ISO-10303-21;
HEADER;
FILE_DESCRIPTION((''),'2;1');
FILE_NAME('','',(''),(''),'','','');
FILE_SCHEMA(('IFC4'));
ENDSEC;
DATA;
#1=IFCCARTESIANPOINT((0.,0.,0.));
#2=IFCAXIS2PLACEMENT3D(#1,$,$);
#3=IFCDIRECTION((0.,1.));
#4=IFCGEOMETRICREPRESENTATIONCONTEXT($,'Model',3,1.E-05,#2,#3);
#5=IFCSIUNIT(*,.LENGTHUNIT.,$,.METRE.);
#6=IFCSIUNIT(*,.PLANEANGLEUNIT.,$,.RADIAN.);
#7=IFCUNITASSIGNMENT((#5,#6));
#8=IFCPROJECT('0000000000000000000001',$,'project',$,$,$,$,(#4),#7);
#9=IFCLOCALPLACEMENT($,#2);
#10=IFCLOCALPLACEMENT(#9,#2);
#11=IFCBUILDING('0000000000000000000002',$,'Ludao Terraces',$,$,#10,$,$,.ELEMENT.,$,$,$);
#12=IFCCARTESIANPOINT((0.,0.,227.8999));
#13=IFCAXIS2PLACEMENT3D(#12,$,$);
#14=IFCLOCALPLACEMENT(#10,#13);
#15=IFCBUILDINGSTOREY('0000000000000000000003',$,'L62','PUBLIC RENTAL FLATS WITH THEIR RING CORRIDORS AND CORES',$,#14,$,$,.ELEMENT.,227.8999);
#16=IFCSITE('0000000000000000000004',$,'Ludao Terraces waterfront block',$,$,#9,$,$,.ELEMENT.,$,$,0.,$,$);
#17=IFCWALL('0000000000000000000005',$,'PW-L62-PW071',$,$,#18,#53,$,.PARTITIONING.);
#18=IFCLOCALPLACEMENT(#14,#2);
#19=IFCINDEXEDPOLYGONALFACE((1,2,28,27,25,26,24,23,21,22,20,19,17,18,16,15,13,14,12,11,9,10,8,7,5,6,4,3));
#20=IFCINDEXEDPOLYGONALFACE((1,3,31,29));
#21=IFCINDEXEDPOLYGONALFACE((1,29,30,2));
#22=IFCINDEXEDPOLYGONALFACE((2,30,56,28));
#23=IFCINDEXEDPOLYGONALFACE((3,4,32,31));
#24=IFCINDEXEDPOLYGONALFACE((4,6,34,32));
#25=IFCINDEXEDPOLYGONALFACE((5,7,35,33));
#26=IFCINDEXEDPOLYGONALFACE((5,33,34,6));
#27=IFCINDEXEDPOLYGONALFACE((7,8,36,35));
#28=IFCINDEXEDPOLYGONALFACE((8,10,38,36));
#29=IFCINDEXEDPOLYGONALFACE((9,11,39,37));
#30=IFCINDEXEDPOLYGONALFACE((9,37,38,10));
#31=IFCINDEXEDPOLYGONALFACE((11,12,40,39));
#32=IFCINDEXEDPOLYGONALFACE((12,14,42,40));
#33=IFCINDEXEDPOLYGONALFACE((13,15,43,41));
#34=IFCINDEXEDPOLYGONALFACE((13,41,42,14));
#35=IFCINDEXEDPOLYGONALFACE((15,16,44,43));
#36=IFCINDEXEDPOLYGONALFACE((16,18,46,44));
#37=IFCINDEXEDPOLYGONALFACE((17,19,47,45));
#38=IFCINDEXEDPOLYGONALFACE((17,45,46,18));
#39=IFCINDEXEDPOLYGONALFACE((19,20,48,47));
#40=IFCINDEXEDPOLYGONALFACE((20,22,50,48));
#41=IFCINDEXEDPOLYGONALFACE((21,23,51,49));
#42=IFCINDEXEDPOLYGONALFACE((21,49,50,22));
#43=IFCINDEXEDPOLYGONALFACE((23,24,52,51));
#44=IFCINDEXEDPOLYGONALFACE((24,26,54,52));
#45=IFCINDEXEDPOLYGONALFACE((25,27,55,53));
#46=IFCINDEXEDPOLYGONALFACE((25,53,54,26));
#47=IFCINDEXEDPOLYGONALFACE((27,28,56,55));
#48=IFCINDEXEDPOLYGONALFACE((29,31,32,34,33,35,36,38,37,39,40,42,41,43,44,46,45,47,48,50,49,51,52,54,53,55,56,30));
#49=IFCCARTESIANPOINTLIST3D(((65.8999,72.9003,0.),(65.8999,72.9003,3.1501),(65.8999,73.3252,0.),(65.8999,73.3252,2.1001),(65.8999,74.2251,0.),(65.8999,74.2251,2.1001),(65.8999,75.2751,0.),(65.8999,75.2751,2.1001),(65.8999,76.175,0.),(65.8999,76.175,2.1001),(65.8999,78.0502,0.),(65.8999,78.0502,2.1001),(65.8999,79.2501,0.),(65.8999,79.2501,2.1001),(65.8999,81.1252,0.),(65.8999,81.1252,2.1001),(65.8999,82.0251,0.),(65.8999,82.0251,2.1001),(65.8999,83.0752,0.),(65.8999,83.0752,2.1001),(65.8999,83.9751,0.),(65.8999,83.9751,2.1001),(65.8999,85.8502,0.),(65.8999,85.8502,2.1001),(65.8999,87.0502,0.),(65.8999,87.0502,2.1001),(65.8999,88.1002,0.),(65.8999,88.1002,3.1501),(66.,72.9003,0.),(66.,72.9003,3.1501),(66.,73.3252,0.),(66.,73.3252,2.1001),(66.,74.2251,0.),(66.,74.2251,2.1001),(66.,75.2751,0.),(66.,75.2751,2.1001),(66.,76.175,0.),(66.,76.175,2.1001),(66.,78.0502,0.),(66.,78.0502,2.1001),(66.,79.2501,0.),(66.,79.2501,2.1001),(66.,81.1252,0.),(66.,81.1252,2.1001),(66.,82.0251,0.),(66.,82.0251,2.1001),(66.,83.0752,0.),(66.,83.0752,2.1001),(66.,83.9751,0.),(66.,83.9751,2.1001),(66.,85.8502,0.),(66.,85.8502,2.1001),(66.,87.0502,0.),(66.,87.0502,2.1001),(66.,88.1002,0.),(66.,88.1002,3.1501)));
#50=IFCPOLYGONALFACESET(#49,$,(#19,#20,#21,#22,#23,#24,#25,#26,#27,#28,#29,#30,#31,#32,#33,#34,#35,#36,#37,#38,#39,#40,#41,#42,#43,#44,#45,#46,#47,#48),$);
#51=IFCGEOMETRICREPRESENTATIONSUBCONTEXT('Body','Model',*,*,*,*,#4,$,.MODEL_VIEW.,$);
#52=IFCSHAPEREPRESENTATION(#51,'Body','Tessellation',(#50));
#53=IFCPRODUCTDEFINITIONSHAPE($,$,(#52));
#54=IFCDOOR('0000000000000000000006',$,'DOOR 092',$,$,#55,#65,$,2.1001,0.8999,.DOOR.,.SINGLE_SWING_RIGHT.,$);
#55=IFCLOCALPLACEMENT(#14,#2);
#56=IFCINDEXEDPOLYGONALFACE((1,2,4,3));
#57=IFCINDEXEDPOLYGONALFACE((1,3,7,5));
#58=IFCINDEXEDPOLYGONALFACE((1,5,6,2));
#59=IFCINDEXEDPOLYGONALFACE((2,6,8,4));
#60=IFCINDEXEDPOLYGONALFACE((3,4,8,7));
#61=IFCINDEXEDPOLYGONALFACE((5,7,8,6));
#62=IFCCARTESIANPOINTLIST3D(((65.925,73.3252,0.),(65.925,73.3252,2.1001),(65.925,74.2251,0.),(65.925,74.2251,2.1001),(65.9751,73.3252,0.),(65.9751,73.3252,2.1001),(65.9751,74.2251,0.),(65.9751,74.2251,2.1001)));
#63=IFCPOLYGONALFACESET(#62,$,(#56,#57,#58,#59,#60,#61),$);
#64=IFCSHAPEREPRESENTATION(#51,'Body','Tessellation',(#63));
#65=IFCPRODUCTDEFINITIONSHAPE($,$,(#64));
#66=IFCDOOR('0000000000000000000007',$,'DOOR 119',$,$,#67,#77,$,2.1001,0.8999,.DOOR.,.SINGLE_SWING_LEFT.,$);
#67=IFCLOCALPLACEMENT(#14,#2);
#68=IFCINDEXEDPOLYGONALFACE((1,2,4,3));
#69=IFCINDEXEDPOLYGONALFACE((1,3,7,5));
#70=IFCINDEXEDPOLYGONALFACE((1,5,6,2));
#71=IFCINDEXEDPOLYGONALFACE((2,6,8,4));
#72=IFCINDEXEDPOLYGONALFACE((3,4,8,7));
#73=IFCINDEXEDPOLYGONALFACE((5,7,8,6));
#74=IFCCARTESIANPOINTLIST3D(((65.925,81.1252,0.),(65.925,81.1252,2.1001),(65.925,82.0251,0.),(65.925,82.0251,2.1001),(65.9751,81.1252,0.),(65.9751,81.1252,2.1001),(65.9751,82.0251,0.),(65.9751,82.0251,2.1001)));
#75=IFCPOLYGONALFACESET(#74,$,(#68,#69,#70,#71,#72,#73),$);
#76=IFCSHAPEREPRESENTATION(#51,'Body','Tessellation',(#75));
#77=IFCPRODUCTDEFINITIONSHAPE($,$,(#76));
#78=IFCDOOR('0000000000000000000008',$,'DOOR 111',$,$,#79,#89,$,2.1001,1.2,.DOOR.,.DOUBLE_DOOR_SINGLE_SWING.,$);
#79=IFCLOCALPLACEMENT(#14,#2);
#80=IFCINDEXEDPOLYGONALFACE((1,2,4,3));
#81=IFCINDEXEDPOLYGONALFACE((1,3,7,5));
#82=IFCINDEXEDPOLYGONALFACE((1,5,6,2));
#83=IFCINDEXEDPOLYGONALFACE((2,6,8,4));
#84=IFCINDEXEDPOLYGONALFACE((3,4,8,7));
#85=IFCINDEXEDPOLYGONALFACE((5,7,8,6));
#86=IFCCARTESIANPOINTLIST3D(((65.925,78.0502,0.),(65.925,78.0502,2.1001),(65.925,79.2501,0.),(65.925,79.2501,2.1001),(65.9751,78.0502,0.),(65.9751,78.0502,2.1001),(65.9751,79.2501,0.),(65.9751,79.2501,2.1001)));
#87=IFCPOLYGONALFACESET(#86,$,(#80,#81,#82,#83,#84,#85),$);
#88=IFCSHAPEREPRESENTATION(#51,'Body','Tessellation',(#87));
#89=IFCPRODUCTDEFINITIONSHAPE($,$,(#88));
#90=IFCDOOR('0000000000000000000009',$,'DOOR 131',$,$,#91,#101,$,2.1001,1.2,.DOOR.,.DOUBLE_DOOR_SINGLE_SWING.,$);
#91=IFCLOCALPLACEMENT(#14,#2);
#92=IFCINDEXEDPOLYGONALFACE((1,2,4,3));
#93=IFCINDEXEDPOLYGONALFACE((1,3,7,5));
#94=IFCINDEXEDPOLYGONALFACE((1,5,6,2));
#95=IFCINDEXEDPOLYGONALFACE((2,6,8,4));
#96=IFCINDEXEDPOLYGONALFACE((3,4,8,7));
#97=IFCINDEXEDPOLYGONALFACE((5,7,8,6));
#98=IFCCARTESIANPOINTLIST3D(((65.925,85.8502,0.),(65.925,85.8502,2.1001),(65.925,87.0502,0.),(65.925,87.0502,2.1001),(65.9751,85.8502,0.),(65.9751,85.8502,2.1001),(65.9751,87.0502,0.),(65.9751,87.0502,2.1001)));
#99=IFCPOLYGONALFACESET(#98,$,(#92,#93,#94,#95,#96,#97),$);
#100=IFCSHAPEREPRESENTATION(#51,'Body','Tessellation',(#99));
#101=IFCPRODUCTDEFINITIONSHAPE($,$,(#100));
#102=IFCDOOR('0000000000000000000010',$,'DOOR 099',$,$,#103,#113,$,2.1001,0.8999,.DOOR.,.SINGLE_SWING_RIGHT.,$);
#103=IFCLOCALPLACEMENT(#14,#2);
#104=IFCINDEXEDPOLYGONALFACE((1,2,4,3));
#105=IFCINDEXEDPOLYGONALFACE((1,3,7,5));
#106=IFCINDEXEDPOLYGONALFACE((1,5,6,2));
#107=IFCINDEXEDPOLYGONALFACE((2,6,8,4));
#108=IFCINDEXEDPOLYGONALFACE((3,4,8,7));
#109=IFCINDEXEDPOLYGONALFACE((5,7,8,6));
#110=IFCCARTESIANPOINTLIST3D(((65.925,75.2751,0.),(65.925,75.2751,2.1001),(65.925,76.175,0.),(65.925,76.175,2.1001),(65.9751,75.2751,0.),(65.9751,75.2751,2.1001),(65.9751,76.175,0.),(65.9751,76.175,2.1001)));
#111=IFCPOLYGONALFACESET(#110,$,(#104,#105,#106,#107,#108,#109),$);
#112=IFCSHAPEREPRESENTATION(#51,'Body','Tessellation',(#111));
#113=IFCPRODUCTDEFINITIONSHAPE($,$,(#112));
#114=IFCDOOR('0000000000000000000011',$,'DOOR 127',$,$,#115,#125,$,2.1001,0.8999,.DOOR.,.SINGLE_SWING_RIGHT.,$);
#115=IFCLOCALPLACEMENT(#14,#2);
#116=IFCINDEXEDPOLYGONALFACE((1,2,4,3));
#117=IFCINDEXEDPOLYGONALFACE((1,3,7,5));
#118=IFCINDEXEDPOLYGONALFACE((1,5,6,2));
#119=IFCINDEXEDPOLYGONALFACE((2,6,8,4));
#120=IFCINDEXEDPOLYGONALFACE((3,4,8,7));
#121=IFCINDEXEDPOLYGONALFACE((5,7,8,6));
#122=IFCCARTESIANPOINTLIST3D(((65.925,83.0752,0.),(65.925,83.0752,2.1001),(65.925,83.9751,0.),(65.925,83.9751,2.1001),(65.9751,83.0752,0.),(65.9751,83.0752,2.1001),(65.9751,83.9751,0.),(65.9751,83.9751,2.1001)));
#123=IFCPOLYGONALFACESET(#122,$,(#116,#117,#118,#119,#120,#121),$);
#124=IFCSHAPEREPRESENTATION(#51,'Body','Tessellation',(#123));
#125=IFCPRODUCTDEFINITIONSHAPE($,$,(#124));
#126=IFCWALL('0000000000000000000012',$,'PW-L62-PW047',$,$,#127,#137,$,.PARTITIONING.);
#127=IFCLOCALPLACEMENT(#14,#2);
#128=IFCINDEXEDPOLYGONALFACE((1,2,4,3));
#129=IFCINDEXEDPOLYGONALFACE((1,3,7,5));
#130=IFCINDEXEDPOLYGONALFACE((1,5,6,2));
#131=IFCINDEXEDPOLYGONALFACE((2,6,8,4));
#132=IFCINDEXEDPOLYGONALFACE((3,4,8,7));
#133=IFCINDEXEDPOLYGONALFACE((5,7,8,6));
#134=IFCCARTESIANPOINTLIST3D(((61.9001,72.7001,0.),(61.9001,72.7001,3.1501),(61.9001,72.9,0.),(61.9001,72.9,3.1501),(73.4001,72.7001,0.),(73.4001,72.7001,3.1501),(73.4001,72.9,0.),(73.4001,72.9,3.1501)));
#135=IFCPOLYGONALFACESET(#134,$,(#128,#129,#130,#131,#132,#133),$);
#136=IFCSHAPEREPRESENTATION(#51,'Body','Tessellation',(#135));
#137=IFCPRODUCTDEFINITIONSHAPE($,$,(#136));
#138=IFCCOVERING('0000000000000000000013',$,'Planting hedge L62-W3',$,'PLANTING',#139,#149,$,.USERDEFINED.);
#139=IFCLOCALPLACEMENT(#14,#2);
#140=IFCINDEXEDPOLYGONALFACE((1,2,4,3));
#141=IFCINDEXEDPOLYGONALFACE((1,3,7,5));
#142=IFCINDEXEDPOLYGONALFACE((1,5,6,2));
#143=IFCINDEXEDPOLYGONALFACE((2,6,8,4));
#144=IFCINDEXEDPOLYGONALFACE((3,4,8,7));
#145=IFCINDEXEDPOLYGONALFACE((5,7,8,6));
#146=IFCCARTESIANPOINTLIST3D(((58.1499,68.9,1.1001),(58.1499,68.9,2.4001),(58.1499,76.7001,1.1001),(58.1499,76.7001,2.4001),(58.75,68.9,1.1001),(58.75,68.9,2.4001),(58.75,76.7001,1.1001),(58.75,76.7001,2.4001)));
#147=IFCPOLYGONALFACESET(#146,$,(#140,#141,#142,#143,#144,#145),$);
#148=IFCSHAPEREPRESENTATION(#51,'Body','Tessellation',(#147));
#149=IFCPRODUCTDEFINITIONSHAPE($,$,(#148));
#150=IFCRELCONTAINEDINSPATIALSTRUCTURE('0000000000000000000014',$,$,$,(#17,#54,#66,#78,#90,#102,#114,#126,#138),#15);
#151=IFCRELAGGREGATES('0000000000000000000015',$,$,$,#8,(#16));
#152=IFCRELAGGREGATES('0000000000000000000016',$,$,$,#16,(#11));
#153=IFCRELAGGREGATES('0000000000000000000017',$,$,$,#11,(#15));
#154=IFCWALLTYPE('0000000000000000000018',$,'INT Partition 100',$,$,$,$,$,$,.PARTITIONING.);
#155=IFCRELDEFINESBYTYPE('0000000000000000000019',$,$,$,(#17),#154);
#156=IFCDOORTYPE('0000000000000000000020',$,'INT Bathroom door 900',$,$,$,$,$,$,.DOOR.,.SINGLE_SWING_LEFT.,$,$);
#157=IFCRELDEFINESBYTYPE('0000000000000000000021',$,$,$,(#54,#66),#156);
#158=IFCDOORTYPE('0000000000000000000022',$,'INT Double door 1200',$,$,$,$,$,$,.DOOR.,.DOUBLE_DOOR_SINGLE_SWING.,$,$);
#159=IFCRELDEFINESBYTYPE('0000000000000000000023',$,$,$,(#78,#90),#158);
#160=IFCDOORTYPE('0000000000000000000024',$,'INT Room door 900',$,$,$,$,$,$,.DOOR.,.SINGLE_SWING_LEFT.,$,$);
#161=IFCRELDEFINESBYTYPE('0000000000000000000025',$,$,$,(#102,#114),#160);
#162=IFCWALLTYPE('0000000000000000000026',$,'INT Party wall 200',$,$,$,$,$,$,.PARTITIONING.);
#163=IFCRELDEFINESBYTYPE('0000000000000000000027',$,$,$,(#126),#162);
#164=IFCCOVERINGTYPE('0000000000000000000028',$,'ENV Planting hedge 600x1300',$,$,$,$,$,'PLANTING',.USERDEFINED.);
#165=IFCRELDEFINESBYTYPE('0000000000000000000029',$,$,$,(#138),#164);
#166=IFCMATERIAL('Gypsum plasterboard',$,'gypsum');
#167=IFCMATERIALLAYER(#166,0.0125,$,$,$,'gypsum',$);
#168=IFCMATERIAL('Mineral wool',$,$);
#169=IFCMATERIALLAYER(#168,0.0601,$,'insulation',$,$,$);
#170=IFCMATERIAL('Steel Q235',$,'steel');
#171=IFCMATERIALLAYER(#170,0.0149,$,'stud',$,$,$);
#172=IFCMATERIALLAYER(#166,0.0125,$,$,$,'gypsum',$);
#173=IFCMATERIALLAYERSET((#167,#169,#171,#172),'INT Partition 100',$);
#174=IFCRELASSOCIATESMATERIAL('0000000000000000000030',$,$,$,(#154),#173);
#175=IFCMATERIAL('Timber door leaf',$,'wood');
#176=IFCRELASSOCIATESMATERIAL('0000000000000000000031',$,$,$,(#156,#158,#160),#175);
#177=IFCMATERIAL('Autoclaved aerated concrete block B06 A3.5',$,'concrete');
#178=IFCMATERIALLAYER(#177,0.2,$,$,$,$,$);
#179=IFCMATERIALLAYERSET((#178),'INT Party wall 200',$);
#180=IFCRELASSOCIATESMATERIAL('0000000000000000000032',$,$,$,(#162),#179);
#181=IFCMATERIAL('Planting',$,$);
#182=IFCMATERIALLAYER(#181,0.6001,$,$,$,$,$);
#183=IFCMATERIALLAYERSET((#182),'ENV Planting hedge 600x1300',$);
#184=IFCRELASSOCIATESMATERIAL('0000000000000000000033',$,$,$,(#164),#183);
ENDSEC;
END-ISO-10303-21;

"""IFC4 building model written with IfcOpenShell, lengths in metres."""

from ifc_helpers import new_model, si_unit, direction, frame, frame_2d, origin, origin_2d, place, context, subcontext, project, spatial, rectangle, extrude, material, layer, layer_set, type_object, element, fill, save


model = new_model("IFC4")

# Units and contexts
model_context = context("Model", 3, precision=1e-05, world=origin(), true_north=direction((0.0, 1.0)))
body_context = subcontext(model_context, "Body", "Model", "MODEL_VIEW")
ifc_project = project(units=[si_unit("LENGTHUNIT", "METRE"), si_unit("PLANEANGLEUNIT", "RADIAN")], contexts=[model_context])

# Site, building, storey
site_placement = place(None, origin())
site = spatial("IfcSite", under=ifc_project, at=site_placement, Name="Ludao Terraces waterfront block", CompositionType="ELEMENT", RefElevation=0.0)
building_placement = place(site_placement, origin())
building = spatial("IfcBuilding", under=site, at=building_placement, Name="Ludao Terraces", CompositionType="ELEMENT")
storey_placement = place(building_placement, frame((0.0, 0.0, 227.8999)))
storey = spatial("IfcBuildingStorey", under=building, at=storey_placement, Name="L62", Description="PUBLIC RENTAL FLATS WITH THEIR RING CORRIDORS AND CORES", CompositionType="ELEMENT", Elevation=227.8999)

# Shared definitions
ifc_material_1 = material(Name="Mineral wool")

# Shared definitions
ifc_material_2 = material(Name="Gypsum plasterboard", Category="gypsum")
ifc_layer_1 = layer(ifc_material_2, 0.0125, Category="gypsum")
ifc_layer_2 = layer(ifc_material_1, 0.0601, Name="insulation")
ifc_material_3 = material(Name="Steel Q235", Category="steel")
ifc_layer_3 = layer(ifc_material_3, 0.0149, Name="stud")
ifc_layer_4 = layer(ifc_material_2, 0.0125, Category="gypsum")
ifc_layer_set_1 = layer_set([ifc_layer_1, ifc_layer_2, ifc_layer_3, ifc_layer_4], Name="INT Partition 100")
wall_type_1 = type_object("IfcWallType", Name="INT Partition 100", PredefinedType="PARTITIONING", material=ifc_layer_set_1)

# Wall, openings, doors
wall_1_placement = place(storey_placement, frame((65.95, 72.9001, 0.0), z_axis=(0.0, 0.0, 1.0), x_axis=(0.0, 1.0, 0.0)))
wall_1 = element("IfcWall", 1, at=wall_1_placement, inside=storey, type_object=wall_type_1, Name="PW-L62-PW071", PredefinedType="PARTITIONING", context=body_context, shape_type="SweptSolid", body=[
    extrude(rectangle(XDim=15.2, YDim=0.1001, at=frame_2d((7.6001, 0.0))), origin(), (0.0, 0.0, 1.0), 3.1501),
])
opening_1_placement = place(wall_1_placement, frame((0.425, 0.0, 0.0)))
opening_1 = element("IfcOpeningElement", 2, at=opening_1_placement, cuts=wall_1, PredefinedType="OPENING", context=body_context, shape_type="SweptSolid", body=[
    extrude(rectangle(XDim=0.8999, YDim=2.1001, at=frame_2d((0.45, 1.05))), frame((0.0, 0.0601, 0.0), z_axis=(0.0, -1.0, 0.0), x_axis=(1.0, 0.0, 0.0)), (0.0, 0.0, 1.0), 0.1201),
])
opening_2_placement = place(wall_1_placement, frame((2.375, 0.0, 0.0)))
opening_2 = element("IfcOpeningElement", 3, at=opening_2_placement, cuts=wall_1, PredefinedType="OPENING", context=body_context, shape_type="SweptSolid", body=[
    extrude(rectangle(XDim=0.8999, YDim=2.1001, at=frame_2d((0.45, 1.05))), frame((0.0, 0.0601, 0.0), z_axis=(0.0, -1.0, 0.0), x_axis=(1.0, 0.0, 0.0)), (0.0, 0.0, 1.0), 0.1201),
])
opening_3_placement = place(wall_1_placement, frame((5.1499, 0.0, 0.0)))
opening_3 = element("IfcOpeningElement", 4, at=opening_3_placement, cuts=wall_1, PredefinedType="OPENING", context=body_context, shape_type="SweptSolid", body=[
    extrude(rectangle(XDim=1.2, YDim=2.1001, at=frame_2d((0.6001, 1.05))), frame((0.0, 0.0601, 0.0), z_axis=(0.0, -1.0, 0.0), x_axis=(1.0, 0.0, 0.0)), (0.0, 0.0, 1.0), 0.1201),
])
opening_4_placement = place(wall_1_placement, frame((8.2251, 0.0, 0.0)))
opening_4 = element("IfcOpeningElement", 5, at=opening_4_placement, cuts=wall_1, PredefinedType="OPENING", context=body_context, shape_type="SweptSolid", body=[
    extrude(rectangle(XDim=0.8999, YDim=2.1001, at=frame_2d((0.45, 1.05))), frame((0.0, 0.0601, 0.0), z_axis=(0.0, -1.0, 0.0), x_axis=(1.0, 0.0, 0.0)), (0.0, 0.0, 1.0), 0.1201),
])
opening_5_placement = place(wall_1_placement, frame((10.175, 0.0, 0.0)))
opening_5 = element("IfcOpeningElement", 6, at=opening_5_placement, cuts=wall_1, PredefinedType="OPENING", context=body_context, shape_type="SweptSolid", body=[
    extrude(rectangle(XDim=0.8999, YDim=2.1001, at=frame_2d((0.45, 1.05))), frame((0.0, 0.0601, 0.0), z_axis=(0.0, -1.0, 0.0), x_axis=(1.0, 0.0, 0.0)), (0.0, 0.0, 1.0), 0.1201),
])
opening_6_placement = place(wall_1_placement, frame((12.95, 0.0, 0.0)))
opening_6 = element("IfcOpeningElement", 7, at=opening_6_placement, cuts=wall_1, PredefinedType="OPENING", context=body_context, shape_type="SweptSolid", body=[
    extrude(rectangle(XDim=1.2, YDim=2.1001, at=frame_2d((0.6001, 1.05))), frame((0.0, 0.0601, 0.0), z_axis=(0.0, -1.0, 0.0), x_axis=(1.0, 0.0, 0.0)), (0.0, 0.0, 1.0), 0.1201),
])
ifc_material_4 = material(Name="Timber door leaf", Category="wood")
door_type_1 = type_object("IfcDoorType", Name="INT Bathroom door 900", OperationType="SINGLE_SWING_LEFT", PredefinedType="DOOR", material=ifc_material_4)
door_1_placement = place(opening_1_placement, origin())
door_1 = element("IfcDoor", 8, at=door_1_placement, inside=storey, type_object=door_type_1, Name="DOOR 092", OperationType="SINGLE_SWING_RIGHT", OverallHeight=2.1001, OverallWidth=0.8999, PredefinedType="DOOR", context=body_context, shape_type="SweptSolid", body=[
    extrude(rectangle(XDim=0.8999, YDim=2.1001, at=frame_2d((0.45, 1.05))), frame((0.0, 0.0249, 0.0), z_axis=(0.0, -1.0, 0.0), x_axis=(1.0, 0.0, 0.0)), (0.0, 0.0, 1.0), 0.05),
])
fill(opening_1, door_1)
door_2_placement = place(opening_4_placement, origin())
door_2 = element("IfcDoor", 9, at=door_2_placement, inside=storey, type_object=door_type_1, Name="DOOR 119", OperationType="SINGLE_SWING_LEFT", OverallHeight=2.1001, OverallWidth=0.8999, PredefinedType="DOOR", context=body_context, shape_type="SweptSolid", body=[
    extrude(rectangle(XDim=0.8999, YDim=2.1001, at=frame_2d((0.45, 1.05))), frame((0.0, 0.0249, 0.0), z_axis=(0.0, -1.0, 0.0), x_axis=(1.0, 0.0, 0.0)), (0.0, 0.0, 1.0), 0.05),
])
fill(opening_4, door_2)
door_type_2 = type_object("IfcDoorType", Name="INT Double door 1200", OperationType="DOUBLE_DOOR_SINGLE_SWING", PredefinedType="DOOR", material=ifc_material_4)
door_3_placement = place(opening_3_placement, origin())
door_3 = element("IfcDoor", 10, at=door_3_placement, inside=storey, type_object=door_type_2, Name="DOOR 111", OperationType="DOUBLE_DOOR_SINGLE_SWING", OverallHeight=2.1001, OverallWidth=1.2, PredefinedType="DOOR", context=body_context, shape_type="SweptSolid", body=[
    extrude(rectangle(XDim=1.2, YDim=2.1001, at=frame_2d((0.6001, 1.05))), frame((0.0, 0.0249, 0.0), z_axis=(0.0, -1.0, 0.0), x_axis=(1.0, 0.0, 0.0)), (0.0, 0.0, 1.0), 0.05),
])
fill(opening_3, door_3)
door_4_placement = place(opening_6_placement, origin())
door_4 = element("IfcDoor", 11, at=door_4_placement, inside=storey, type_object=door_type_2, Name="DOOR 131", OperationType="DOUBLE_DOOR_SINGLE_SWING", OverallHeight=2.1001, OverallWidth=1.2, PredefinedType="DOOR", context=body_context, shape_type="SweptSolid", body=[
    extrude(rectangle(XDim=1.2, YDim=2.1001, at=frame_2d((0.6001, 1.05))), frame((0.0, 0.0249, 0.0), z_axis=(0.0, -1.0, 0.0), x_axis=(1.0, 0.0, 0.0)), (0.0, 0.0, 1.0), 0.05),
])
fill(opening_6, door_4)
door_type_3 = type_object("IfcDoorType", Name="INT Room door 900", OperationType="SINGLE_SWING_LEFT", PredefinedType="DOOR", material=ifc_material_4)
door_5_placement = place(opening_2_placement, origin())
door_5 = element("IfcDoor", 12, at=door_5_placement, inside=storey, type_object=door_type_3, Name="DOOR 099", OperationType="SINGLE_SWING_RIGHT", OverallHeight=2.1001, OverallWidth=0.8999, PredefinedType="DOOR", context=body_context, shape_type="SweptSolid", body=[
    extrude(rectangle(XDim=0.8999, YDim=2.1001, at=frame_2d((0.45, 1.05))), frame((0.0, 0.0249, 0.0), z_axis=(0.0, -1.0, 0.0), x_axis=(1.0, 0.0, 0.0)), (0.0, 0.0, 1.0), 0.05),
])
fill(opening_2, door_5)
door_6_placement = place(opening_5_placement, origin())
door_6 = element("IfcDoor", 13, at=door_6_placement, inside=storey, type_object=door_type_3, Name="DOOR 127", OperationType="SINGLE_SWING_RIGHT", OverallHeight=2.1001, OverallWidth=0.8999, PredefinedType="DOOR", context=body_context, shape_type="SweptSolid", body=[
    extrude(rectangle(XDim=0.8999, YDim=2.1001, at=frame_2d((0.45, 1.05))), frame((0.0, 0.0249, 0.0), z_axis=(0.0, -1.0, 0.0), x_axis=(1.0, 0.0, 0.0)), (0.0, 0.0, 1.0), 0.05),
])
fill(opening_5, door_6)

# Wall
ifc_material_5 = material(Name="Autoclaved aerated concrete block B06 A3.5", Category="concrete")
ifc_layer_5 = layer(ifc_material_5, 0.2)
ifc_layer_set_2 = layer_set([ifc_layer_5], Name="INT Party wall 200")
wall_type_2 = type_object("IfcWallType", Name="INT Party wall 200", PredefinedType="PARTITIONING", material=ifc_layer_set_2)
wall_2_placement = place(storey_placement, frame((61.9001, 72.8, 0.0), z_axis=(0.0, 0.0, 1.0), x_axis=(1.0, 0.0, 0.0)))
element("IfcWall", 14, at=wall_2_placement, inside=storey, type_object=wall_type_2, Name="PW-L62-PW047", PredefinedType="PARTITIONING", context=body_context, shape_type="SweptSolid", body=[
    extrude(rectangle(XDim=11.5, YDim=0.2, at=frame_2d((5.75, 0.0))), origin(), (0.0, 0.0, 1.0), 3.1501),
])

# Covering
ifc_material_6 = material(Name="Planting")
ifc_layer_6 = layer(ifc_material_6, 0.6001)
ifc_layer_set_3 = layer_set([ifc_layer_6], Name="ENV Planting hedge 600x1300")
covering_type = type_object("IfcCoveringType", Name="ENV Planting hedge 600x1300", ElementType="PLANTING", PredefinedType="USERDEFINED", material=ifc_layer_set_3)
covering_placement = place(storey_placement, frame((58.45, 72.8, 1.1001), z_axis=(0.0, 0.0, 1.0), x_axis=(1.0, 0.0, 0.0)))
element("IfcCovering", 15, at=covering_placement, inside=storey, type_object=covering_type, Name="Planting hedge L62-W3", ObjectType="PLANTING", PredefinedType="USERDEFINED", context=body_context, shape_type="SweptSolid", body=[
    extrude(rectangle(XDim=0.6001, YDim=7.8, at=origin_2d()), origin(), (0.0, 0.0, 1.0), 1.3),
])

save(model, "model.ifc")
